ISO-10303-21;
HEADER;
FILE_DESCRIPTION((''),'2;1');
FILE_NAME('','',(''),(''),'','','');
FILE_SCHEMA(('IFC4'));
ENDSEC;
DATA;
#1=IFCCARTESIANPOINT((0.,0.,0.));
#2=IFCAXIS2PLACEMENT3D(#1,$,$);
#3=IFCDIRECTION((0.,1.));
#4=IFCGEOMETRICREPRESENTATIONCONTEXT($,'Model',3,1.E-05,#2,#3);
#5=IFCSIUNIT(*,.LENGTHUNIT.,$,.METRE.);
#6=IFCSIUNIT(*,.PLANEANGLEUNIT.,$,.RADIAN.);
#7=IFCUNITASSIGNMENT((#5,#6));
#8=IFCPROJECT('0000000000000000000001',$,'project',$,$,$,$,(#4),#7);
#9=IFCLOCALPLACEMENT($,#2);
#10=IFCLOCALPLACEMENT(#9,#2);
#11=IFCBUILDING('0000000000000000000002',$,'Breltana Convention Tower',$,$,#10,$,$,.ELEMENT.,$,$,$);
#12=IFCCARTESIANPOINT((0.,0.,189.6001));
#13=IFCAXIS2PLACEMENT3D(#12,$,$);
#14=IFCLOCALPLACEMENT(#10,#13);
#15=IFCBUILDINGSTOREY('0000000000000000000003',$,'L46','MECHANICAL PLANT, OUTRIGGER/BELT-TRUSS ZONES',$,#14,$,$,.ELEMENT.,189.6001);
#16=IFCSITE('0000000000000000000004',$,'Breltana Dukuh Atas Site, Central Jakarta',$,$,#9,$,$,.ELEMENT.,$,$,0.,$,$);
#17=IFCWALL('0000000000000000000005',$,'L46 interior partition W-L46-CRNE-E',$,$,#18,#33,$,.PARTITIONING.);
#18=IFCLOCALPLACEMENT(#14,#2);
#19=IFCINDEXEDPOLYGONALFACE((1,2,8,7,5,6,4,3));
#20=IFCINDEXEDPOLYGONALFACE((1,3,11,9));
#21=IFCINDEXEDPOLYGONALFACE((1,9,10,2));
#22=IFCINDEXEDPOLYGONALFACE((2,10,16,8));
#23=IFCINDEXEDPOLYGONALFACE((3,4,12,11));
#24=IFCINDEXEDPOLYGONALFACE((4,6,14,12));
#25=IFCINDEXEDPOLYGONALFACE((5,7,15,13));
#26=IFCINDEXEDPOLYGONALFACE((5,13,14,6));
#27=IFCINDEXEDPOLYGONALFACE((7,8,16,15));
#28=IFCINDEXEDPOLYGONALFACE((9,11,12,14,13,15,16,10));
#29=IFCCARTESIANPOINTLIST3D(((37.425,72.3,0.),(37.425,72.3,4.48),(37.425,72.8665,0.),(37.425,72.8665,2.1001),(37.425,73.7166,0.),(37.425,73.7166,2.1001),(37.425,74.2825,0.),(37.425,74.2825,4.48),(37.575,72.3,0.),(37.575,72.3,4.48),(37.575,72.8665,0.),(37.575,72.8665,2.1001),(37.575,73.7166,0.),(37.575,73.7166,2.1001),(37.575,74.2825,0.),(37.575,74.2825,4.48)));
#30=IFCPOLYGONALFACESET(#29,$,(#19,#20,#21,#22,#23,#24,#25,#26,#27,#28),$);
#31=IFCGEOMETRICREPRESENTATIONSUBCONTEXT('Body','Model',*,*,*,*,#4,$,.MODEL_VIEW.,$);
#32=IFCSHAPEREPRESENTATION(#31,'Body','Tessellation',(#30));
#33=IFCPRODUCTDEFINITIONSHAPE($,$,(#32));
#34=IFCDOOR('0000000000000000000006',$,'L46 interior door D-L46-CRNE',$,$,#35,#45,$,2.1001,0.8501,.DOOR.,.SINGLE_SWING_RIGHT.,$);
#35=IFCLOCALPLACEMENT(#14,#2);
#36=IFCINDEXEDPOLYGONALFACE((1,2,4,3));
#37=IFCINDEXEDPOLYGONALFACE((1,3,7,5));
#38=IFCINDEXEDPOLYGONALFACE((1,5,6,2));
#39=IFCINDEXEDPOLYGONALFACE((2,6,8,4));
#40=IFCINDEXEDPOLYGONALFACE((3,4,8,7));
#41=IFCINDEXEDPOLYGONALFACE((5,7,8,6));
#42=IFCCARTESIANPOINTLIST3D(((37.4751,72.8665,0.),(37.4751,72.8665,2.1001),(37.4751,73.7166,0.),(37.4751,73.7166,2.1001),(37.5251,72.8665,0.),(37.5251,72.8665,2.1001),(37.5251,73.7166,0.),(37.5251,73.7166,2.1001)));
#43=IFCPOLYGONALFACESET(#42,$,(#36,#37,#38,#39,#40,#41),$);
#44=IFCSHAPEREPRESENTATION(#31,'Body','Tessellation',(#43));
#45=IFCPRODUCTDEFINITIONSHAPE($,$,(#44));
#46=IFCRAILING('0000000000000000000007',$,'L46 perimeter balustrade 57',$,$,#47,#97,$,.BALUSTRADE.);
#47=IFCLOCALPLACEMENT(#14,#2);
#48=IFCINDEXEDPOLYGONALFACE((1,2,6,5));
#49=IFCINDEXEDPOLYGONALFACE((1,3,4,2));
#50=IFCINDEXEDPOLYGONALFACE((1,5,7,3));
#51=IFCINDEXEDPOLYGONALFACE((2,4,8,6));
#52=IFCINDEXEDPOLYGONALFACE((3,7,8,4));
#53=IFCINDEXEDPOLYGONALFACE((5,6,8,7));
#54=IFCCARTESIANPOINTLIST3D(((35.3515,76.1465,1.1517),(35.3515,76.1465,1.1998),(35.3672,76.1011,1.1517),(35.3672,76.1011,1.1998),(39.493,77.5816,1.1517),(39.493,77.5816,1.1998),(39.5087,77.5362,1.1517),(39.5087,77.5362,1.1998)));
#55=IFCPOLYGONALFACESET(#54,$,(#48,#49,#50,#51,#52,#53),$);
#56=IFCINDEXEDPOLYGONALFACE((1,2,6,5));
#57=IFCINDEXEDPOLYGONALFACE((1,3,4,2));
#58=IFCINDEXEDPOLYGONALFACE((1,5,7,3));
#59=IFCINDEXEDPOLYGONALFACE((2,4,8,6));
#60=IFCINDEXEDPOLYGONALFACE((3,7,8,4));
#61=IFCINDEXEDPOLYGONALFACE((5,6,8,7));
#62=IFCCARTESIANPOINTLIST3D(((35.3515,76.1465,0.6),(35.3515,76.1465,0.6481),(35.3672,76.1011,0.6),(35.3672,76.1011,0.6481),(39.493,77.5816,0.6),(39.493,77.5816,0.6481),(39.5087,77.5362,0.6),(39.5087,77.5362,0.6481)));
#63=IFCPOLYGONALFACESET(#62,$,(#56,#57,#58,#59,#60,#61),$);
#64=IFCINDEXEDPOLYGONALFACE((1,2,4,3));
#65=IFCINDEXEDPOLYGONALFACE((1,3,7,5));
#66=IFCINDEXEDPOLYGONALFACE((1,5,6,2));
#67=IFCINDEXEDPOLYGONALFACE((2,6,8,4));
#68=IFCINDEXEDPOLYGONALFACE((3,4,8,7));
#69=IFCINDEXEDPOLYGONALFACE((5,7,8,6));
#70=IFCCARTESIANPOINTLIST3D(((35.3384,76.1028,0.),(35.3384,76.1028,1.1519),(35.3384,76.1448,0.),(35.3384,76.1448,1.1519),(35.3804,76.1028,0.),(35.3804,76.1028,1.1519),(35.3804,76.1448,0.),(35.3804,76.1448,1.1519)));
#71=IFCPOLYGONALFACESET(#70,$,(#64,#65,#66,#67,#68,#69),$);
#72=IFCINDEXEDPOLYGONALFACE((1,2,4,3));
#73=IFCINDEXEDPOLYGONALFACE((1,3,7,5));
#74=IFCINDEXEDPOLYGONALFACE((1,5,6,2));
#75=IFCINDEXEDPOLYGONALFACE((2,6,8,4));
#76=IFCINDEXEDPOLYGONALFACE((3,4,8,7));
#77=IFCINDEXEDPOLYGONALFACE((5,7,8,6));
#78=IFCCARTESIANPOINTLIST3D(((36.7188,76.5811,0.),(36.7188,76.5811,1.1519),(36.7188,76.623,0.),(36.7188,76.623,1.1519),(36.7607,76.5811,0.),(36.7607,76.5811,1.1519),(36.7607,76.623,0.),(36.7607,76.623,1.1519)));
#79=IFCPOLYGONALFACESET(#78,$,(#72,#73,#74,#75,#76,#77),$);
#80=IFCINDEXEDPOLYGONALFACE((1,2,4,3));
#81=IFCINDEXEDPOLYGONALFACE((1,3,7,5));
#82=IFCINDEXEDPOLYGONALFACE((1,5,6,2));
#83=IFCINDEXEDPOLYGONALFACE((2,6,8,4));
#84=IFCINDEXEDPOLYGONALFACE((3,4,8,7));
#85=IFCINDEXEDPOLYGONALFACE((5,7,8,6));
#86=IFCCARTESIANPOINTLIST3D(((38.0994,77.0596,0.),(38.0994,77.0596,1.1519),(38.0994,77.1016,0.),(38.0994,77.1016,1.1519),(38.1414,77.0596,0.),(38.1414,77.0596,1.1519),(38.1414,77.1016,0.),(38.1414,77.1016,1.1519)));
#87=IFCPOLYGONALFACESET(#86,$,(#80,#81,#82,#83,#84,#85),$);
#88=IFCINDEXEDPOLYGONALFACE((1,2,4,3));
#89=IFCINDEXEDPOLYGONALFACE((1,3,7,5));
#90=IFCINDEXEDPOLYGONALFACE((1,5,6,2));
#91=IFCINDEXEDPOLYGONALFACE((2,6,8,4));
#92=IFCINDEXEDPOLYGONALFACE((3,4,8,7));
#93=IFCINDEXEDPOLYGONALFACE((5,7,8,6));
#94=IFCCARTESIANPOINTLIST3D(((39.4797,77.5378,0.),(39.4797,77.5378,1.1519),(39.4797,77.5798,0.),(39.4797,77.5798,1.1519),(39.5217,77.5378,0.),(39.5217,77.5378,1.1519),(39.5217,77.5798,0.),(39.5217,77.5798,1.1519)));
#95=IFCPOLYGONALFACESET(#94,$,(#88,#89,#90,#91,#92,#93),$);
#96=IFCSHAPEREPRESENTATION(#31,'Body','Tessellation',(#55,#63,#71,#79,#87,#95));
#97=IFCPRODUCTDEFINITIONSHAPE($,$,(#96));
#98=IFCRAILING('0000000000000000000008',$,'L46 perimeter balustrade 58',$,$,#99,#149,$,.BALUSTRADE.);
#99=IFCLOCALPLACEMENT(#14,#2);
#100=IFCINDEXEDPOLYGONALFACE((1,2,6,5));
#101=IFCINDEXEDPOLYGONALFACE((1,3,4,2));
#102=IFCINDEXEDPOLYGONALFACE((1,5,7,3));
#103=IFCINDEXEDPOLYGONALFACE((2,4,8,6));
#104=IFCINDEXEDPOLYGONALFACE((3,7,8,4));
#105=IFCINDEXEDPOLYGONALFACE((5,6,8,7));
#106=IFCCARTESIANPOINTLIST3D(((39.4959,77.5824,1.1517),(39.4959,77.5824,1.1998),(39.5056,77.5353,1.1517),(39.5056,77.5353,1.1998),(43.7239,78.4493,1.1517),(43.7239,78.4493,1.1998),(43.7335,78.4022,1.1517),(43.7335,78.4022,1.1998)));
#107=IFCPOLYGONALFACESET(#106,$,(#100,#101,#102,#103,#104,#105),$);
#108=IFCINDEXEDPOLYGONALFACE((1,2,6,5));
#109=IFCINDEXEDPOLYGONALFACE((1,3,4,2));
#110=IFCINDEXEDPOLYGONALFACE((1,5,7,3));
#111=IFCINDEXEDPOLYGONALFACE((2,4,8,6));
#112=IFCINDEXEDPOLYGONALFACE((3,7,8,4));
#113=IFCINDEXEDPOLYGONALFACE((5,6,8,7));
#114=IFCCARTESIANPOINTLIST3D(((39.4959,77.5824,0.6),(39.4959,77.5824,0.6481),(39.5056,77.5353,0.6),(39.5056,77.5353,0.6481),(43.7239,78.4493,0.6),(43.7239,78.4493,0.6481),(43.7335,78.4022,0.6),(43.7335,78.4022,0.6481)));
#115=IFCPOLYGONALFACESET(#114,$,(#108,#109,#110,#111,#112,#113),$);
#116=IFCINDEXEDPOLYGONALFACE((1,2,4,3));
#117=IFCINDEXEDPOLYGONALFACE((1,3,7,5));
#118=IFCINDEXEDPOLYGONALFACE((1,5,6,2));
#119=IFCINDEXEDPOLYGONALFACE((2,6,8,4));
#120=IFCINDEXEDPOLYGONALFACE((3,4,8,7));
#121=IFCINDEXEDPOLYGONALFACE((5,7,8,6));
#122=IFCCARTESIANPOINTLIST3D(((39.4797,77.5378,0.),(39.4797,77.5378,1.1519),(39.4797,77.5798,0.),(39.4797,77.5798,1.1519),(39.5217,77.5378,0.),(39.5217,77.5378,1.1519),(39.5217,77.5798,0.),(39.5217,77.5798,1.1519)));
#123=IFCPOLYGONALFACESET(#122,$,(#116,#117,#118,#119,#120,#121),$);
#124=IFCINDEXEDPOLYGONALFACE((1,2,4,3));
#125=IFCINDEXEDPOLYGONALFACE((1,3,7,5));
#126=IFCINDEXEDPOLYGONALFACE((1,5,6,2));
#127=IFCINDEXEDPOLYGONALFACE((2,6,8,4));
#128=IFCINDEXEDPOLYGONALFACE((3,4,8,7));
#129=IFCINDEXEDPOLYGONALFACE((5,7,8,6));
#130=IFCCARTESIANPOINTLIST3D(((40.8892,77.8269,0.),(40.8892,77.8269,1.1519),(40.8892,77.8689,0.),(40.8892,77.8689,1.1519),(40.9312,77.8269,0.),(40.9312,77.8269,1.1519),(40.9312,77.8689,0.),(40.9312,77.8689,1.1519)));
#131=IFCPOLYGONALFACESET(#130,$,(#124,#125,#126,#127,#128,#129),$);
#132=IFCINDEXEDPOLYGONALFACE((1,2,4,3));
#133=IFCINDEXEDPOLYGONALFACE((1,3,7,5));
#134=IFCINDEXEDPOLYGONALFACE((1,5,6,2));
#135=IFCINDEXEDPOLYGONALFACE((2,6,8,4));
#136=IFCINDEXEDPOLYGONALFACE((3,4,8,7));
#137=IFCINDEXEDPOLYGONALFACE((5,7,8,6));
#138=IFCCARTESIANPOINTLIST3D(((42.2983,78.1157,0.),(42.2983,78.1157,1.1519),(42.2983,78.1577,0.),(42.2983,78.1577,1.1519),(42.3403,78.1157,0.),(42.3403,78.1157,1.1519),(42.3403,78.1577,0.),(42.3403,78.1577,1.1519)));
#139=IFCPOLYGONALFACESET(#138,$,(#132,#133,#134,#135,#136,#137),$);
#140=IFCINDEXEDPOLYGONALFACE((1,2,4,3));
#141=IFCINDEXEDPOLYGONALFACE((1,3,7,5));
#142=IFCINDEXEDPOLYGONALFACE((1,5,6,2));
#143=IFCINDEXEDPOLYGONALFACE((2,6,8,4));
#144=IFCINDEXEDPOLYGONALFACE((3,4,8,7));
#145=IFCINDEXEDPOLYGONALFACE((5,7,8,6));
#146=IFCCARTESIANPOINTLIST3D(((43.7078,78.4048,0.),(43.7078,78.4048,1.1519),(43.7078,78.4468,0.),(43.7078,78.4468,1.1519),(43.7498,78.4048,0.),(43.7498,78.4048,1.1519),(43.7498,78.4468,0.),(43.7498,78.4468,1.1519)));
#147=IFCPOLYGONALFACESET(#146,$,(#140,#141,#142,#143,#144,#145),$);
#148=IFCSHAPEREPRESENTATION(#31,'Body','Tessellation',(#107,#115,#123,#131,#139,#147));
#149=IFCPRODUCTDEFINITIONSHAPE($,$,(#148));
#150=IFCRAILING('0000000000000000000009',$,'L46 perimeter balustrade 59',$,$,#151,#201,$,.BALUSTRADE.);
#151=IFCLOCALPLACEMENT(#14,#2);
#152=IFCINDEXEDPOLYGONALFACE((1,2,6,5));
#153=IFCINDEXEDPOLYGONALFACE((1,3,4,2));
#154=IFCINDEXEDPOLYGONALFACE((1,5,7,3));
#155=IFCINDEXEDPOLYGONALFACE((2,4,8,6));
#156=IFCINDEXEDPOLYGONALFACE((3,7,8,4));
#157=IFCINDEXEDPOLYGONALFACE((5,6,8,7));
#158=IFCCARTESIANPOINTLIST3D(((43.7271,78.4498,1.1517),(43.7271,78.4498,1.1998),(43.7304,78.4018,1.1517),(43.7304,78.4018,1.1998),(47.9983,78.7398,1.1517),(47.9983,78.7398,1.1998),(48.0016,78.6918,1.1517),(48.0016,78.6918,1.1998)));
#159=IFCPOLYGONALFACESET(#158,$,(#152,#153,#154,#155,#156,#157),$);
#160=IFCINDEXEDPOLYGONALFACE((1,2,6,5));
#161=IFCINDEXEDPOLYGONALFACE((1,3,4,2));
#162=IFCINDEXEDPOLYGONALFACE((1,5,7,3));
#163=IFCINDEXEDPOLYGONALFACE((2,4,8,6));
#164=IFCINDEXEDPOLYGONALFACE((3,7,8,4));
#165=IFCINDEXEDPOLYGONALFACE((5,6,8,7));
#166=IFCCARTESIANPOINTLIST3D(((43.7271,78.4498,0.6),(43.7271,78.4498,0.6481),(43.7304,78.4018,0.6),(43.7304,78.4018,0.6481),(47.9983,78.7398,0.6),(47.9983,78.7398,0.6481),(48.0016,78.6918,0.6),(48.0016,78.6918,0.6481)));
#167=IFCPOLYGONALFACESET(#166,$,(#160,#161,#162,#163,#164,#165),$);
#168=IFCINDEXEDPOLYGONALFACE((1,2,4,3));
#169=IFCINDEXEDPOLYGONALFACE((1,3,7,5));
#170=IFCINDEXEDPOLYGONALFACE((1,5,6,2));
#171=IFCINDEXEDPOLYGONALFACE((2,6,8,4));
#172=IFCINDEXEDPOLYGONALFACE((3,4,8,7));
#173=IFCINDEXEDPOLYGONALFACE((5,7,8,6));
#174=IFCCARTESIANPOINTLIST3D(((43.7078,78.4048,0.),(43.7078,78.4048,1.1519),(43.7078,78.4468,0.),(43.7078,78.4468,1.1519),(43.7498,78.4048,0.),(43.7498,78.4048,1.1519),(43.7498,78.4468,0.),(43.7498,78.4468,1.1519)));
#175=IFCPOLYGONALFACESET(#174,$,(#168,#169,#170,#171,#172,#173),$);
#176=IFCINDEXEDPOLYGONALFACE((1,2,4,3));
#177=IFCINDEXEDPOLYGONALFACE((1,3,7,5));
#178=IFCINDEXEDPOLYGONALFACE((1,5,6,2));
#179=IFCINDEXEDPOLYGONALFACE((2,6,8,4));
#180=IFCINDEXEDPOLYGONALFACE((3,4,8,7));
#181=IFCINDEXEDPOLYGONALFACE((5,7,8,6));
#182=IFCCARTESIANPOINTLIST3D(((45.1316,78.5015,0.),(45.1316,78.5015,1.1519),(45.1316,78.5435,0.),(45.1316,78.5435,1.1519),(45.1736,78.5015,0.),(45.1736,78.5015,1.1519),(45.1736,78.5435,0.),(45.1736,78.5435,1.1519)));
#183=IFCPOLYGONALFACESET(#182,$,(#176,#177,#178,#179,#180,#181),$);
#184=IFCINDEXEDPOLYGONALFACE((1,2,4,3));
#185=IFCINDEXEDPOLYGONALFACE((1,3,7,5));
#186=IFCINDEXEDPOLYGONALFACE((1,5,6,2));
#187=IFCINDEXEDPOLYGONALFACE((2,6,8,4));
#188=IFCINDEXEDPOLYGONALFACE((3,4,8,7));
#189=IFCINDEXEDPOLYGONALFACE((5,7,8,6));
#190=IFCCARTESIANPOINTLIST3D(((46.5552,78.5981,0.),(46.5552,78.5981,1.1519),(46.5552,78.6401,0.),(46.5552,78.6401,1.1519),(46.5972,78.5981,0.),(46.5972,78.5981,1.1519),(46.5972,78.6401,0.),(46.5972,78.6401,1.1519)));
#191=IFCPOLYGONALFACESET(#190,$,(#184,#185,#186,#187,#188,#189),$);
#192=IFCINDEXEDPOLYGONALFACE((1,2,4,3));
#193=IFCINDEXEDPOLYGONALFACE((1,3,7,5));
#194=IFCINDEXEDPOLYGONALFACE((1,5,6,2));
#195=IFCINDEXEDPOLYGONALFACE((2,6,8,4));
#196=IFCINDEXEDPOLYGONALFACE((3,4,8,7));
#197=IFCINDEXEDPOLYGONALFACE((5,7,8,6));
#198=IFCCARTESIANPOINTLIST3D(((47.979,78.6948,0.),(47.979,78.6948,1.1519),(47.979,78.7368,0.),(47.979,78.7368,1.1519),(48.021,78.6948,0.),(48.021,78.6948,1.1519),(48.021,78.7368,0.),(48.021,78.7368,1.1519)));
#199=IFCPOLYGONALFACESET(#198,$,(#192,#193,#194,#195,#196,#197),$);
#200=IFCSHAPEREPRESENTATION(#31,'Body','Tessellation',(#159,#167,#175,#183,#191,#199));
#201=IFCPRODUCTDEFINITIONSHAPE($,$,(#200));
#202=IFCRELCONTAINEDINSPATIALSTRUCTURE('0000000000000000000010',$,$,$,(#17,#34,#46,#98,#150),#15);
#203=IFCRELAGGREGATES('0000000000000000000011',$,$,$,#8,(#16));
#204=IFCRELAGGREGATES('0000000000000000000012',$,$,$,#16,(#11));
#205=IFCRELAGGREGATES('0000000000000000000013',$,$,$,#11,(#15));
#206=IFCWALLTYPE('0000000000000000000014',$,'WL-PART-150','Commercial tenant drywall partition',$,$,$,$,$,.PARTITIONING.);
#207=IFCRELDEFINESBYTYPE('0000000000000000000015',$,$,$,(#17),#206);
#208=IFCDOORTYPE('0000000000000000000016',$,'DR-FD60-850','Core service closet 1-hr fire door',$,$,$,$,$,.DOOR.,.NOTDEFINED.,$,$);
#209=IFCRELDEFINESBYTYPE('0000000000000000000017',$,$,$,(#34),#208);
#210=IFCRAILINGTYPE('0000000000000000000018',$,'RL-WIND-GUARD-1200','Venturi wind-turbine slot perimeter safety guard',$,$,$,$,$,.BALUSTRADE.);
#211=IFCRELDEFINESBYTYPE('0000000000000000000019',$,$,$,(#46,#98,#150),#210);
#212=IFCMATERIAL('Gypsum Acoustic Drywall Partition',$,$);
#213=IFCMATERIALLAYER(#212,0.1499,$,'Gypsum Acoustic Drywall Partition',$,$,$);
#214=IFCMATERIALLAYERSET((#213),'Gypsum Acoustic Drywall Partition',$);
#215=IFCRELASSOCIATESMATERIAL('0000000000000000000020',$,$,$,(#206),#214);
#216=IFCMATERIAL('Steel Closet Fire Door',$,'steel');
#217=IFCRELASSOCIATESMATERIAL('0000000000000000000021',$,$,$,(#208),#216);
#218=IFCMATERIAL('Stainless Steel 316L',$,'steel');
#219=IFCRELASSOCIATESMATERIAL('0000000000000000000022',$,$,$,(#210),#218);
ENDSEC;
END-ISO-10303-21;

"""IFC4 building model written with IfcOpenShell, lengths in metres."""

from ifc_helpers import new_model, si_unit, direction, frame, frame_2d, origin, origin_2d, place, context, subcontext, project, spatial, rectangle, extrude, source, transform, mapped, material, layer, layer_set, type_object, type_shapes, element, fill, save


model = new_model("IFC4")

# Units and contexts
model_context = context("Model", 3, precision=1e-05, world=origin(), true_north=direction((0.0, 1.0)))
body_context = subcontext(model_context, "Body", "Model", "MODEL_VIEW")
ifc_project = project(units=[si_unit("LENGTHUNIT", "METRE"), si_unit("PLANEANGLEUNIT", "RADIAN")], contexts=[model_context])

# Site, building, storey
site_placement = place(None, origin())
site = spatial("IfcSite", under=ifc_project, at=site_placement, Name="Breltana Dukuh Atas Site, Central Jakarta", CompositionType="ELEMENT", RefElevation=0.0)
building_placement = place(site_placement, origin())
building = spatial("IfcBuilding", under=site, at=building_placement, Name="Breltana Convention Tower", CompositionType="ELEMENT")
storey_placement = place(building_placement, frame((0.0, 0.0, 189.6001)))
storey = spatial("IfcBuildingStorey", under=building, at=storey_placement, Name="L46", Description="MECHANICAL PLANT, OUTRIGGER/BELT-TRUSS ZONES", CompositionType="ELEMENT", Elevation=189.6001)

# Wall, opening, door
ifc_material_1 = material(Name="Gypsum Acoustic Drywall Partition")
ifc_layer_1 = layer(ifc_material_1, 0.1499, Name="Gypsum Acoustic Drywall Partition")
ifc_layer_set_1 = layer_set([ifc_layer_1], Name="Gypsum Acoustic Drywall Partition")
wall_type_1 = type_object("IfcWallType", Name="WL-PART-150", Description="Commercial tenant drywall partition", PredefinedType="PARTITIONING", material=ifc_layer_set_1)
shared_shape_1 = source(origin(), body_context, "Body", "SweptSolid", [
    extrude(rectangle(XDim=1.9824, YDim=0.1499, at=frame_2d((0.9912, 0.0))), origin(), (0.0, 0.0, 1.0), 4.48),
])
wall_1_placement = place(storey_placement, frame((37.5, 72.3, 0.0), z_axis=(0.0, 0.0, 1.0), x_axis=(0.0, 1.0, 0.0)))
wall_1 = element("IfcWall", 1, at=wall_1_placement, inside=storey, type_object=wall_type_1, Name="L46 interior partition W-L46-CRNE-E", PredefinedType="PARTITIONING", context=body_context, shape_type="MappedRepresentation", body=[
    mapped(shared_shape_1, transform((0.0, 0.0, 0.0), scale=1.0)),
])
opening_1_placement = place(wall_1_placement, frame((0.5664, 0.0, 0.0)))
opening_1 = element("IfcOpeningElement", 2, at=opening_1_placement, cuts=wall_1, PredefinedType="OPENING", context=body_context, shape_type="SweptSolid", body=[
    extrude(rectangle(XDim=0.8501, YDim=2.1001, at=frame_2d((0.425, 1.05))), frame((0.0, 0.085, 0.0), z_axis=(0.0, -1.0, 0.0), x_axis=(1.0, 0.0, 0.0)), (0.0, 0.0, 1.0), 0.1699),
])
ifc_material_2 = material(Name="Steel Closet Fire Door", Category="steel")
door_type_1 = type_object("IfcDoorType", Name="DR-FD60-850", Description="Core service closet 1-hr fire door", OperationType="NOTDEFINED", PredefinedType="DOOR", material=ifc_material_2)
shared_shape_2 = source(origin(), body_context, "Body", "SweptSolid", [
    extrude(rectangle(XDim=0.8501, YDim=2.1001, at=frame_2d((0.425, 1.05))), frame((0.0, 0.0249, 0.0), z_axis=(0.0, -1.0, 0.0), x_axis=(1.0, 0.0, 0.0)), (0.0, 0.0, 1.0), 0.05),
])
type_shapes(door_type_1, [shared_shape_2])
door_1_placement = place(opening_1_placement, origin())
door_1 = element("IfcDoor", 3, at=door_1_placement, inside=storey, type_object=door_type_1, Name="L46 interior door D-L46-CRNE", OperationType="SINGLE_SWING_RIGHT", OverallHeight=2.1001, OverallWidth=0.8501, PredefinedType="DOOR", context=body_context, shape_type="MappedRepresentation", body=[
    mapped(shared_shape_2, transform((0.0, 0.0, 0.0), scale=1.0)),
])
fill(opening_1, door_1)

# Railings
ifc_material_3 = material(Name="Stainless Steel 316L", Category="steel")
railing_type = type_object("IfcRailingType", Name="RL-WIND-GUARD-1200", Description="Venturi wind-turbine slot perimeter safety guard", PredefinedType="BALUSTRADE", material=ifc_material_3)
railing_1_placement = place(storey_placement, frame((35.3594, 76.1238, 0.0)))
element("IfcRailing", 4, at=railing_1_placement, inside=storey, type_object=railing_type, Name="L46 perimeter balustrade 57", PredefinedType="BALUSTRADE", context=body_context, shape_type="SweptSolid", body=[
    extrude(rectangle(XDim=0.0481, YDim=0.0481, at=origin_2d()), frame((0.0, 0.0, 1.1758), z_axis=(0.944879, 0.327419, 0.0), x_axis=(-0.327419, 0.944879, 0.0)), (0.0, 0.0, 1.0), 4.3831),
    extrude(rectangle(XDim=0.0481, YDim=0.0481, at=origin_2d()), frame((0.0, 0.0, 0.624), z_axis=(0.944879, 0.327419, 0.0), x_axis=(-0.327419, 0.944879, 0.0)), (0.0, 0.0, 1.0), 4.3831),
    extrude(rectangle(XDim=0.042, YDim=0.042, at=origin_2d()), origin(), (0.0, 0.0, 1.0), 1.1519),
    extrude(rectangle(XDim=0.042, YDim=0.042, at=origin_2d()), frame((1.3804, 0.4783, 0.0)), (0.0, 0.0, 1.0), 1.1519),
    extrude(rectangle(XDim=0.042, YDim=0.042, at=origin_2d()), frame((2.761, 0.9568, 0.0)), (0.0, 0.0, 1.0), 1.1519),
    extrude(rectangle(XDim=0.042, YDim=0.042, at=origin_2d()), frame((4.1414, 1.4351, 0.0)), (0.0, 0.0, 1.0), 1.1519),
])
railing_2_placement = place(storey_placement, frame((39.5007, 77.5588, 0.0)))
element("IfcRailing", 5, at=railing_2_placement, inside=storey, type_object=railing_type, Name="L46 perimeter balustrade 58", PredefinedType="BALUSTRADE", context=body_context, shape_type="SweptSolid", body=[
    extrude(rectangle(XDim=0.0481, YDim=0.0481, at=origin_2d()), frame((0.0, 0.0, 1.1758), z_axis=(0.979618, 0.200868, 0.0), x_axis=(-0.200868, 0.979618, 0.0)), (0.0, 0.0, 1.0), 4.3159),
    extrude(rectangle(XDim=0.0481, YDim=0.0481, at=origin_2d()), frame((0.0, 0.0, 0.624), z_axis=(0.979618, 0.200868, 0.0), x_axis=(-0.200868, 0.979618, 0.0)), (0.0, 0.0, 1.0), 4.3159),
    extrude(rectangle(XDim=0.042, YDim=0.042, at=origin_2d()), origin(), (0.0, 0.0, 1.0), 1.1519),
    extrude(rectangle(XDim=0.042, YDim=0.042, at=origin_2d()), frame((1.4094, 0.2891, 0.0)), (0.0, 0.0, 1.0), 1.1519),
    extrude(rectangle(XDim=0.042, YDim=0.042, at=origin_2d()), frame((2.8186, 0.5779, 0.0)), (0.0, 0.0, 1.0), 1.1519),
    extrude(rectangle(XDim=0.042, YDim=0.042, at=origin_2d()), frame((4.228, 0.8669, 0.0)), (0.0, 0.0, 1.0), 1.1519),
])
railing_3_placement = place(storey_placement, frame((43.7288, 78.4258, 0.0)))
element("IfcRailing", 6, at=railing_3_placement, inside=storey, type_object=railing_type, Name="L46 perimeter balustrade 59", PredefinedType="BALUSTRADE", context=body_context, shape_type="SweptSolid", body=[
    extrude(rectangle(XDim=0.0481, YDim=0.0481, at=origin_2d()), frame((0.0, 0.0, 1.1758), z_axis=(0.997702, 0.067749, 0.0), x_axis=(-0.067749, 0.997702, 0.0)), (0.0, 0.0, 1.0), 4.281),
    extrude(rectangle(XDim=0.0481, YDim=0.0481, at=origin_2d()), frame((0.0, 0.0, 0.624), z_axis=(0.997702, 0.067749, 0.0), x_axis=(-0.067749, 0.997702, 0.0)), (0.0, 0.0, 1.0), 4.281),
    extrude(rectangle(XDim=0.042, YDim=0.042, at=origin_2d()), origin(), (0.0, 0.0, 1.0), 1.1519),
    extrude(rectangle(XDim=0.042, YDim=0.042, at=origin_2d()), frame((1.4238, 0.0967, 0.0)), (0.0, 0.0, 1.0), 1.1519),
    extrude(rectangle(XDim=0.042, YDim=0.042, at=origin_2d()), frame((2.8474, 0.1934, 0.0)), (0.0, 0.0, 1.0), 1.1519),
    extrude(rectangle(XDim=0.042, YDim=0.042, at=origin_2d()), frame((4.2712, 0.29, 0.0)), (0.0, 0.0, 1.0), 1.1519),
])

save(model, "model.ifc")
